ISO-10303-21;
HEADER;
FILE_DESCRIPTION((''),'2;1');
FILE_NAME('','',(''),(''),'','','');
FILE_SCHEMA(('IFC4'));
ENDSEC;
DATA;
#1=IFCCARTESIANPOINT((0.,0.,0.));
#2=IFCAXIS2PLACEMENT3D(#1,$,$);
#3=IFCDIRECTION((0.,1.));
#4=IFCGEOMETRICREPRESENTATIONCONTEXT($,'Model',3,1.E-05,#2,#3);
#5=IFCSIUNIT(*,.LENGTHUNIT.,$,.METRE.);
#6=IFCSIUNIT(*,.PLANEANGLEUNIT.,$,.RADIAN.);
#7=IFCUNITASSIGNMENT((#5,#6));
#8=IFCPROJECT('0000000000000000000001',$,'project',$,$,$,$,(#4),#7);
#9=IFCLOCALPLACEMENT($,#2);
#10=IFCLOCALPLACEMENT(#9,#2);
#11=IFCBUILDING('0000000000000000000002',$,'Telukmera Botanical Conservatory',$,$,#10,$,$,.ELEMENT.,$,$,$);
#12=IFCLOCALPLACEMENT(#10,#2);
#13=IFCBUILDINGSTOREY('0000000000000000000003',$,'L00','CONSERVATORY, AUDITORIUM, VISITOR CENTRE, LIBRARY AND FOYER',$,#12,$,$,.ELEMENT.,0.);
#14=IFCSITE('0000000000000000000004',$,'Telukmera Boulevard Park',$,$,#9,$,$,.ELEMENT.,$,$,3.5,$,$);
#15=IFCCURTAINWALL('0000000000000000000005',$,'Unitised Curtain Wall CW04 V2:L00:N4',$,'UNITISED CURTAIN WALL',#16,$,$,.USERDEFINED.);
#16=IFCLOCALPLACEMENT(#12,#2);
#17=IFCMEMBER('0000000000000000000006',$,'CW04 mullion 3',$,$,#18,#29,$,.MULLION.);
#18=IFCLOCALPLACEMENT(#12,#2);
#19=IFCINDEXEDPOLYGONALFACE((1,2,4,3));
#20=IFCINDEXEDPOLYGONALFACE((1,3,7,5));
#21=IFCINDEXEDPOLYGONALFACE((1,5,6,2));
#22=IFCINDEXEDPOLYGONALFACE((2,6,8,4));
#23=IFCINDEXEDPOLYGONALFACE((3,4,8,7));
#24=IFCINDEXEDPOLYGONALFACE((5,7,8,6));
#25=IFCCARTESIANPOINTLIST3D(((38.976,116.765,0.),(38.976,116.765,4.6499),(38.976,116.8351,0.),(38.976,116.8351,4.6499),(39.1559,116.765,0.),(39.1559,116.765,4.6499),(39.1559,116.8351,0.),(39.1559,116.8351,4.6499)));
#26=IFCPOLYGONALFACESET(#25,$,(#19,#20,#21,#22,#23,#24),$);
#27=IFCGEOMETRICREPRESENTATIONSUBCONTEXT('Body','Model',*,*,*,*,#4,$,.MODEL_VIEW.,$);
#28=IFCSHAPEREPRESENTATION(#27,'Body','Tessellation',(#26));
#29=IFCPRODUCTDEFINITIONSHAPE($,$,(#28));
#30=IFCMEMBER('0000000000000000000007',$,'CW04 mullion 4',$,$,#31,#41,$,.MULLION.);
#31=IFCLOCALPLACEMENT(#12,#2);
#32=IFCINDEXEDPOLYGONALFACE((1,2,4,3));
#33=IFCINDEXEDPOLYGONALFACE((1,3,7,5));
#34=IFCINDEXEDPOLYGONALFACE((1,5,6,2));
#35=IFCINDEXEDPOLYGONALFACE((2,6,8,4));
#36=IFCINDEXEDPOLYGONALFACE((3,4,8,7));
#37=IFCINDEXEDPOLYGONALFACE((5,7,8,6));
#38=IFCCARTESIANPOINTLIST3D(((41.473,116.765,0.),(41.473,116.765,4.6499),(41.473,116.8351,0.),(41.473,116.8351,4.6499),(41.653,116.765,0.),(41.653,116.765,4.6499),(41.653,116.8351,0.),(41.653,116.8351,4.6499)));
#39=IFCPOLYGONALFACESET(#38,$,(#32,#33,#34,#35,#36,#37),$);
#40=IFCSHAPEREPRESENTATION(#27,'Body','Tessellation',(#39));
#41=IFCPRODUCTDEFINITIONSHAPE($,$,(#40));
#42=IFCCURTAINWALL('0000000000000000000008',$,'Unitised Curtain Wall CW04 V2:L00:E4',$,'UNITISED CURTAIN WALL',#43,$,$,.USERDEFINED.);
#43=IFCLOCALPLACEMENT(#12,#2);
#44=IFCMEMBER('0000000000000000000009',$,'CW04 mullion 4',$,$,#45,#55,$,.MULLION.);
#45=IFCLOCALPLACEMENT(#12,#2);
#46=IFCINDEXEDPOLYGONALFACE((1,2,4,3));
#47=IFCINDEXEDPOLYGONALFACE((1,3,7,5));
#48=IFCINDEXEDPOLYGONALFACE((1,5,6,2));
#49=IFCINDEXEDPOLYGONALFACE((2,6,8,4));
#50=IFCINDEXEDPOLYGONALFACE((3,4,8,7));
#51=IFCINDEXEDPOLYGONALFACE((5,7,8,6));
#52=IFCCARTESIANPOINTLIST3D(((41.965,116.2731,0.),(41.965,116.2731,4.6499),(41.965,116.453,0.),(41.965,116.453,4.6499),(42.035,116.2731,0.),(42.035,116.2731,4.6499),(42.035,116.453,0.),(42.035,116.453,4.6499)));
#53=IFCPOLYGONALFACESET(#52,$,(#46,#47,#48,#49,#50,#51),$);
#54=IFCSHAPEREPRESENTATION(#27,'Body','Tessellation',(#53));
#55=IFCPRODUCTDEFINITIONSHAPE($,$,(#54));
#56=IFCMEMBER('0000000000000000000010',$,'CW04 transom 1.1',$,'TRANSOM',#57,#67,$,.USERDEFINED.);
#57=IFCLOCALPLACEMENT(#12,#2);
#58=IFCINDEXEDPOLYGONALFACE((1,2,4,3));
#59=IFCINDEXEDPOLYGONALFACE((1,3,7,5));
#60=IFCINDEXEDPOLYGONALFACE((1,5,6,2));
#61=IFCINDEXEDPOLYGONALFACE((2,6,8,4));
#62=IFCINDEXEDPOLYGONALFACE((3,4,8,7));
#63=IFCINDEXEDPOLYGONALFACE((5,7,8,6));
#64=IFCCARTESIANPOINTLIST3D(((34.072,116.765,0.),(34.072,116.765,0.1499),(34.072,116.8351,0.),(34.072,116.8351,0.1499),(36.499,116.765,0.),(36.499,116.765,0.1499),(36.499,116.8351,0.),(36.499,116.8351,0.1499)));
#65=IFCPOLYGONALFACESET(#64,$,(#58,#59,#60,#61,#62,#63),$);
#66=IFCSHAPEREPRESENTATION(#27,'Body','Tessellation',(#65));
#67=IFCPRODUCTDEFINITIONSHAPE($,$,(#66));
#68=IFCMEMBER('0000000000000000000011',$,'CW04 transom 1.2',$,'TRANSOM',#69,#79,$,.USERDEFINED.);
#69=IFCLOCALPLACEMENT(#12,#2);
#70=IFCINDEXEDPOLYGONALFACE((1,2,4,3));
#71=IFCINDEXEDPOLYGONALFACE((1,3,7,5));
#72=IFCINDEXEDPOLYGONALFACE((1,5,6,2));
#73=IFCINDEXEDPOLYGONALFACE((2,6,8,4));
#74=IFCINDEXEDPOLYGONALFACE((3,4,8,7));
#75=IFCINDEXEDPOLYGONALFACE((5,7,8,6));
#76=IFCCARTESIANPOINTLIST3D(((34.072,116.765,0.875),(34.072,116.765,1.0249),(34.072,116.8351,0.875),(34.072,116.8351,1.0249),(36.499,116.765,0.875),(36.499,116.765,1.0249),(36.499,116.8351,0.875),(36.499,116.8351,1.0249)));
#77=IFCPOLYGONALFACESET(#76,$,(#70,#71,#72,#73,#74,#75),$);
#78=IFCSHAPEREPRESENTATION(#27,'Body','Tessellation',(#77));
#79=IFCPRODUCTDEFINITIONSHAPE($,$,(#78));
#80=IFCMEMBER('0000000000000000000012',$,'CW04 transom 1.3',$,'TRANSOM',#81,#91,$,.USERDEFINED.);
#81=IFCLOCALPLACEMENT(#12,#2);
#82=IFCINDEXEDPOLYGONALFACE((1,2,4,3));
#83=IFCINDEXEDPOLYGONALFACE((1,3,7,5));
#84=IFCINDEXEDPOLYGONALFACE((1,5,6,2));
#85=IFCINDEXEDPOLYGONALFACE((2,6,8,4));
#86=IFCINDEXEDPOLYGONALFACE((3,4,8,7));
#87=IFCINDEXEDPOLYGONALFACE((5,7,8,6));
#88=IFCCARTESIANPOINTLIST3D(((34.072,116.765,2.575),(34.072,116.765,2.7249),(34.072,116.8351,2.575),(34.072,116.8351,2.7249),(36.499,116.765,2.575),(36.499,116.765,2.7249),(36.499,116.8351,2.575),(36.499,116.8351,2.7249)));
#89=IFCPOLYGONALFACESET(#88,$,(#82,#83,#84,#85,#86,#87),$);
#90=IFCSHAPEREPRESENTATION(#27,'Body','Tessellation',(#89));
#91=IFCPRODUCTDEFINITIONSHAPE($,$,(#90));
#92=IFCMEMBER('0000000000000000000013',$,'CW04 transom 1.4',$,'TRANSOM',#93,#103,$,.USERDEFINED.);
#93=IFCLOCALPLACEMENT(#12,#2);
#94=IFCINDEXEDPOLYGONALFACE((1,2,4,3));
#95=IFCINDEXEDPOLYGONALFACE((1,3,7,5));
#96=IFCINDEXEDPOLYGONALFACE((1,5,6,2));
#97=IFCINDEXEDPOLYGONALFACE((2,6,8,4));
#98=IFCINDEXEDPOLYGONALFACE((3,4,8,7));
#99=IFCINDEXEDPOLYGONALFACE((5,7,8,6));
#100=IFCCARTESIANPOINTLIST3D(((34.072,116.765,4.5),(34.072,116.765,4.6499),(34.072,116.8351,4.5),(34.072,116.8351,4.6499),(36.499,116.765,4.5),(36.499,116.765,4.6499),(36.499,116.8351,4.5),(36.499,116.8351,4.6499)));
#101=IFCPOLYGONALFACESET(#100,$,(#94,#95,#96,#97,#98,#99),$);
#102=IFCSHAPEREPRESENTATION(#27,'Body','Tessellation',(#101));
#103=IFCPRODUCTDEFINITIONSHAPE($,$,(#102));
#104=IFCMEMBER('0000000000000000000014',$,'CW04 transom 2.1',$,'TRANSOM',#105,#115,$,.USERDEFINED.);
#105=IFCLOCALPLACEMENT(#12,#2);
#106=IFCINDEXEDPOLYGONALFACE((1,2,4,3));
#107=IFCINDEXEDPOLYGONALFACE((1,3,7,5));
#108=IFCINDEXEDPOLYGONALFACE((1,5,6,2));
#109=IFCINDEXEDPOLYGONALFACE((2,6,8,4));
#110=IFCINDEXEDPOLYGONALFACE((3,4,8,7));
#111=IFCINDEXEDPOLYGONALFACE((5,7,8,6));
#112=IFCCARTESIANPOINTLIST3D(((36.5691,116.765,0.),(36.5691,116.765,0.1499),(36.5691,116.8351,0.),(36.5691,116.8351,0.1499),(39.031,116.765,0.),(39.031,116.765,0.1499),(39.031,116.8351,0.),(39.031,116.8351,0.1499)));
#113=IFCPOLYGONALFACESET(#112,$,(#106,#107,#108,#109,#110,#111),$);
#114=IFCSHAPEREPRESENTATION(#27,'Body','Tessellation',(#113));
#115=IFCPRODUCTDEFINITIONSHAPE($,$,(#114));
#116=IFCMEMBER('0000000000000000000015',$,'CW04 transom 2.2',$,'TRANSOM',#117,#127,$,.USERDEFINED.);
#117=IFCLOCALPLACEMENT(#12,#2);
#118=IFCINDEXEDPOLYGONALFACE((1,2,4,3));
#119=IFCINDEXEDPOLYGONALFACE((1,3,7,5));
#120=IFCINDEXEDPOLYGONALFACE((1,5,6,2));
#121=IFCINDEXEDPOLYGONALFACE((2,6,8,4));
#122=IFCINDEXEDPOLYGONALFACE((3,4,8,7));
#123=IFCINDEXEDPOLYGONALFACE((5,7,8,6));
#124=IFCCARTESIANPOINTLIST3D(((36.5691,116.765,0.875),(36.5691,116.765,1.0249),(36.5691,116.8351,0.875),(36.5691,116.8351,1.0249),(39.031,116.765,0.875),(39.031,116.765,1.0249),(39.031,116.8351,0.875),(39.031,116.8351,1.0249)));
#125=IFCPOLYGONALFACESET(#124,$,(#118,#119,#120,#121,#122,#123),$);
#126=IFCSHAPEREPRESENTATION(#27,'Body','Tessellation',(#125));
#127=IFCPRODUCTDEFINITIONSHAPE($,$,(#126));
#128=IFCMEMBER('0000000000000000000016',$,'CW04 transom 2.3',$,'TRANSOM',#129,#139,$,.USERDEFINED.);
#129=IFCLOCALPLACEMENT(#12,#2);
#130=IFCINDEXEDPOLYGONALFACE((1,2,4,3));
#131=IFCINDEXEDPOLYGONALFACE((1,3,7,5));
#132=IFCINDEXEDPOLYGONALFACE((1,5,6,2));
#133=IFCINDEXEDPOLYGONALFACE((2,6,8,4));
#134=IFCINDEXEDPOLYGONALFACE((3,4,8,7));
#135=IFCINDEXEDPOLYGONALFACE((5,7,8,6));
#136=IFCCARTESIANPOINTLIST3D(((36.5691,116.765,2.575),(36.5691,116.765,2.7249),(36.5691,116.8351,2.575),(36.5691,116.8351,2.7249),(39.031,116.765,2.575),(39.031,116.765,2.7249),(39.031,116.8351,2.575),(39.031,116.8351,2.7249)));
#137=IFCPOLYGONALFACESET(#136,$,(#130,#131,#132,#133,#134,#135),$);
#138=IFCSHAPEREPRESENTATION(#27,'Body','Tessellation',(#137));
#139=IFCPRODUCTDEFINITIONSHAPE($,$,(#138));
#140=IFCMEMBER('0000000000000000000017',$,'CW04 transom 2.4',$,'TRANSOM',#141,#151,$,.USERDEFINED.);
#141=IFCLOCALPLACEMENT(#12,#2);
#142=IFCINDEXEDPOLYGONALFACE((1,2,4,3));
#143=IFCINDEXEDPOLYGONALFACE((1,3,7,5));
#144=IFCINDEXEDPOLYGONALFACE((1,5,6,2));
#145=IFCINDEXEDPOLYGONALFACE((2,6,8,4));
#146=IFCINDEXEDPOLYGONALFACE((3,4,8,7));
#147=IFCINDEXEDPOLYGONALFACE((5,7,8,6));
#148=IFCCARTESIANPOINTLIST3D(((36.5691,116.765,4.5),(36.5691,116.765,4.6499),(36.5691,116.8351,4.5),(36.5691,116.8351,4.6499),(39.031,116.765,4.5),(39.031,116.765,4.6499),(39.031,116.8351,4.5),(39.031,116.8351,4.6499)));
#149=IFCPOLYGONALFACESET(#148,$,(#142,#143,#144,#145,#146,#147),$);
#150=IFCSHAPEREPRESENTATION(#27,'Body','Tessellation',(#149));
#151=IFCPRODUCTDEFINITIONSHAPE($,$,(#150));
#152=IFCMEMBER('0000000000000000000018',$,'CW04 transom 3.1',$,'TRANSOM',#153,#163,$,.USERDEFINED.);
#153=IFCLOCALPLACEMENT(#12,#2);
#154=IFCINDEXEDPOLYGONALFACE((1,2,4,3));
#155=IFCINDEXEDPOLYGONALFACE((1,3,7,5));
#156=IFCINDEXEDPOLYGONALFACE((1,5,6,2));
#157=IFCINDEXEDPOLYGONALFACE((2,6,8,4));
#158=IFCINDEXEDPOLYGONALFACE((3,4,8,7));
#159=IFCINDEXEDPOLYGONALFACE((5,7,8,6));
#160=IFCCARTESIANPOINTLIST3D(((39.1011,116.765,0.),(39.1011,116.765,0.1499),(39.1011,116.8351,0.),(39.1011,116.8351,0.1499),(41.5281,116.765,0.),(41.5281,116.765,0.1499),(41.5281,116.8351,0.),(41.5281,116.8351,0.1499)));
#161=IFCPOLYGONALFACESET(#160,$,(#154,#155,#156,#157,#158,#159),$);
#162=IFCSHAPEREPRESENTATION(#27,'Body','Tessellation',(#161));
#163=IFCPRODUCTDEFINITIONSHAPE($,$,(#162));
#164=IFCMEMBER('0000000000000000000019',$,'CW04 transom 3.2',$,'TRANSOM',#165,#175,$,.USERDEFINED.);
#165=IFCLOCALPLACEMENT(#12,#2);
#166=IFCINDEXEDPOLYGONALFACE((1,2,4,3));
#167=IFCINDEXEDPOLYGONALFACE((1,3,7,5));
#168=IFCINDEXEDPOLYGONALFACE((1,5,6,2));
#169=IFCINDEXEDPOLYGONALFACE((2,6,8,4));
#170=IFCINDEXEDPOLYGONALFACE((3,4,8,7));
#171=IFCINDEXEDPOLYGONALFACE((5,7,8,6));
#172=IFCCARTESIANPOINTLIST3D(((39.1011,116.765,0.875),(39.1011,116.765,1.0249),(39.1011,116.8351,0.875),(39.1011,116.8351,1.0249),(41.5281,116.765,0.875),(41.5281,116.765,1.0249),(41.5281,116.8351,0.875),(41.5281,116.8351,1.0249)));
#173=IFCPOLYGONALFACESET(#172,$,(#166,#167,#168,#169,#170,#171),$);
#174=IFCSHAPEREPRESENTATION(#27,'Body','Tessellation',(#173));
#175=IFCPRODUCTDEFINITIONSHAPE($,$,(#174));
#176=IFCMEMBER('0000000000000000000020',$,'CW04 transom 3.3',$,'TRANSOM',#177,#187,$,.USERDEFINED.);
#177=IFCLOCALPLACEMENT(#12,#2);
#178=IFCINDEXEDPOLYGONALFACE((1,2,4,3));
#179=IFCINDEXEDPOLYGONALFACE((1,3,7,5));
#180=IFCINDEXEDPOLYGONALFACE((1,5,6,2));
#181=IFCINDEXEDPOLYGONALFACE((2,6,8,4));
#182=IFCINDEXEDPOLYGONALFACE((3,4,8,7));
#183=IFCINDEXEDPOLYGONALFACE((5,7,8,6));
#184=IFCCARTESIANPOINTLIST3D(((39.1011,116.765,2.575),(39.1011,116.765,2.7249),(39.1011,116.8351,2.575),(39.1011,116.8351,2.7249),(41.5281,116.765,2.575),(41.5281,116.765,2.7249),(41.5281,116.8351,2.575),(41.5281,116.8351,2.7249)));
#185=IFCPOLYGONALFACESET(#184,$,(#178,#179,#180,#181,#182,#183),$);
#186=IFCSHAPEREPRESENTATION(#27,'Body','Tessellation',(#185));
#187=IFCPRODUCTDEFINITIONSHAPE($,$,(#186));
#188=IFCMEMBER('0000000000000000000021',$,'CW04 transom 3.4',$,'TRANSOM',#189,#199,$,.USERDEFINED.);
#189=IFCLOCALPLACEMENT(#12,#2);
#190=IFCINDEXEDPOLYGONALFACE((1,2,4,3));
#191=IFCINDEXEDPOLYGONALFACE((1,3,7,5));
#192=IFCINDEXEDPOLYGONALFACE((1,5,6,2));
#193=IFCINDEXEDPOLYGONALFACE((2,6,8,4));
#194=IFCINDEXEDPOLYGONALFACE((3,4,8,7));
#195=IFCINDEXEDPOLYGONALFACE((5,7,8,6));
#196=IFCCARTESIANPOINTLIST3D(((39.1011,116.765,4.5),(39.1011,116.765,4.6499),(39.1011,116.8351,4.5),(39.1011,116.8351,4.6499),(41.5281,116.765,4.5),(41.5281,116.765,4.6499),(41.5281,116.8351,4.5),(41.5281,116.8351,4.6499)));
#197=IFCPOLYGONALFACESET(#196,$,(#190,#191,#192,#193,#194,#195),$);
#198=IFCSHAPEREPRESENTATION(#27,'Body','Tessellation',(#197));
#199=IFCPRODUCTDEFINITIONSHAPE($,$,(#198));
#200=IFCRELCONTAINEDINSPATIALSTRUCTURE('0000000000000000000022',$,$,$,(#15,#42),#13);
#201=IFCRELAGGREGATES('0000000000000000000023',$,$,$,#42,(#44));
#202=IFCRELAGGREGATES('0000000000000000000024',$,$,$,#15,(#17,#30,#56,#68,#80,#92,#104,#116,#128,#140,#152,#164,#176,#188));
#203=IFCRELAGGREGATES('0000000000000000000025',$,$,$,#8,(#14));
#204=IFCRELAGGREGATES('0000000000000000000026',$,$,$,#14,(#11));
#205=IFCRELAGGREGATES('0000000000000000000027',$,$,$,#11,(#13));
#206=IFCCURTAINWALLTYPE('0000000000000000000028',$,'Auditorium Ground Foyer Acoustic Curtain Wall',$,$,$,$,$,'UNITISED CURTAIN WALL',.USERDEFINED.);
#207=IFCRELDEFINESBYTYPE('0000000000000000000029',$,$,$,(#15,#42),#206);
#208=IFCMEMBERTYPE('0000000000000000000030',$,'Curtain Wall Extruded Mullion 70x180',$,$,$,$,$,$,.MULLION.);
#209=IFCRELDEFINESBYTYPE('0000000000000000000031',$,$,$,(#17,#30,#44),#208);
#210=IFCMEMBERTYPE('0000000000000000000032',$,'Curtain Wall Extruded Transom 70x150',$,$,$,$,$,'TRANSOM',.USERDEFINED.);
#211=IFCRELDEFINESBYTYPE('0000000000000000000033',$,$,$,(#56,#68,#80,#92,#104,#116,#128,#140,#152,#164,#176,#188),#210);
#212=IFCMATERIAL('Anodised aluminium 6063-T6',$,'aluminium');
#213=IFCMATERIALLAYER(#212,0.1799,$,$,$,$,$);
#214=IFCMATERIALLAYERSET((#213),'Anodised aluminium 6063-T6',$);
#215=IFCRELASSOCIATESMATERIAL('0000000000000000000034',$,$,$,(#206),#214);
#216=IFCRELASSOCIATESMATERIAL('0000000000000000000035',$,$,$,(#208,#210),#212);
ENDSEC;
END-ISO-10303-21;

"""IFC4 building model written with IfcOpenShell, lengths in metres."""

from ifc_helpers import new_model, si_unit, direction, frame, origin, origin_2d, place, context, subcontext, project, spatial, rectangle, extrude, material, layer, layer_set, material_profile, profile_set, type_object, element, aggregate, save


model = new_model("IFC4")

# Units and contexts
model_context = context("Model", 3, precision=1e-05, world=origin(), true_north=direction((0.0, 1.0)))
body_context = subcontext(model_context, "Body", "Model", "MODEL_VIEW")
ifc_project = project(units=[si_unit("LENGTHUNIT", "METRE"), si_unit("PLANEANGLEUNIT", "RADIAN")], contexts=[model_context])

# Site, building, storey
site_placement = place(None, origin())
site = spatial("IfcSite", under=ifc_project, at=site_placement, Name="Telukmera Boulevard Park", CompositionType="ELEMENT", RefElevation=3.5)
building_placement = place(site_placement, origin())
building = spatial("IfcBuilding", under=site, at=building_placement, Name="Telukmera Botanical Conservatory", CompositionType="ELEMENT")
storey_placement = place(building_placement, origin())
storey = spatial("IfcBuildingStorey", under=building, at=storey_placement, Name="L00", Description="CONSERVATORY, AUDITORIUM, VISITOR CENTRE, LIBRARY AND FOYER", CompositionType="ELEMENT", Elevation=0.0)

# Shared definitions
ifc_material_1 = material(Name="Anodised aluminium 6063-T6", Category="aluminium")
ifc_layer_1 = layer(ifc_material_1, 0.1799)
ifc_layer_set_1 = layer_set([ifc_layer_1], Name="Anodised aluminium 6063-T6")
curtain_wall_type = type_object("IfcCurtainWallType", Name="Auditorium Ground Foyer Acoustic Curtain Wall", ElementType="UNITISED CURTAIN WALL", PredefinedType="USERDEFINED", material=ifc_layer_set_1)
ifc_material_profile_1 = material_profile(ifc_material_1, rectangle(XDim=0.0701, YDim=0.1799, at=origin_2d()), Name="ALU MULL 70x180")
ifc_profile_set_1 = profile_set([ifc_material_profile_1], Name="Anodised aluminium 6063-T6")
member_type_1 = type_object("IfcMemberType", Name="Curtain Wall Extruded Mullion 70x180", PredefinedType="MULLION", material=ifc_profile_set_1)

# Curtain wall, members
curtain_wall_1_placement = place(storey_placement, origin())
curtain_wall_1 = element("IfcCurtainWall", 1, at=curtain_wall_1_placement, inside=storey, type_object=curtain_wall_type, Name="Unitised Curtain Wall CW04 V2:L00:N4", ObjectType="UNITISED CURTAIN WALL", PredefinedType="USERDEFINED")
member_1_placement = place(storey_placement, frame((39.0659, 116.8, 0.0), z_axis=(0.0, 0.0, 1.0), x_axis=(0.0, 1.0, 0.0)))
member_1 = element("IfcMember", 2, at=member_1_placement, type_object=member_type_1, Name="CW04 mullion 3", PredefinedType="MULLION", context=body_context, shape_type="SweptSolid", body=[
    extrude(rectangle(XDim=0.0701, YDim=0.1799, at=origin_2d()), origin(), (0.0, 0.0, 1.0), 4.6499),
])
member_2_placement = place(storey_placement, frame((41.563, 116.8, 0.0), z_axis=(0.0, 0.0, 1.0), x_axis=(0.0, 1.0, 0.0)))
member_2 = element("IfcMember", 3, at=member_2_placement, type_object=member_type_1, Name="CW04 mullion 4", PredefinedType="MULLION", context=body_context, shape_type="SweptSolid", body=[
    extrude(rectangle(XDim=0.0701, YDim=0.1799, at=origin_2d()), origin(), (0.0, 0.0, 1.0), 4.6499),
])

# Curtain wall, member
curtain_wall_2_placement = place(storey_placement, origin())
curtain_wall_2 = element("IfcCurtainWall", 4, at=curtain_wall_2_placement, inside=storey, type_object=curtain_wall_type, Name="Unitised Curtain Wall CW04 V2:L00:E4", ObjectType="UNITISED CURTAIN WALL", PredefinedType="USERDEFINED")
member_3_placement = place(storey_placement, frame((42.0, 116.363, 0.0), z_axis=(0.0, 0.0, 1.0), x_axis=(-1.0, 0.0, 0.0)))
member_3 = element("IfcMember", 5, at=member_3_placement, type_object=member_type_1, Name="CW04 mullion 4", PredefinedType="MULLION", context=body_context, shape_type="SweptSolid", body=[
    extrude(rectangle(XDim=0.0701, YDim=0.1799, at=origin_2d()), origin(), (0.0, 0.0, 1.0), 4.6499),
])
aggregate(curtain_wall_2, [member_3])

# Members
ifc_material_profile_2 = material_profile(ifc_material_1, rectangle(XDim=0.0701, YDim=0.1499, at=origin_2d()), Name="ALU TRAN 70x150")
ifc_profile_set_2 = profile_set([ifc_material_profile_2], Name="Anodised aluminium 6063-T6")
member_type_2 = type_object("IfcMemberType", Name="Curtain Wall Extruded Transom 70x150", ElementType="TRANSOM", PredefinedType="USERDEFINED", material=ifc_profile_set_2)
member_4_placement = place(storey_placement, frame((34.072, 116.8, 0.075), z_axis=(1.0, 0.0, 0.0), x_axis=(0.0, 1.0, 0.0)))
member_4 = element("IfcMember", 6, at=member_4_placement, type_object=member_type_2, Name="CW04 transom 1.1", ObjectType="TRANSOM", PredefinedType="USERDEFINED", context=body_context, shape_type="SweptSolid", body=[
    extrude(rectangle(XDim=0.0701, YDim=0.1499, at=origin_2d()), origin(), (0.0, 0.0, 1.0), 2.427),
])
member_5_placement = place(storey_placement, frame((34.072, 116.8, 0.95), z_axis=(1.0, 0.0, 0.0), x_axis=(0.0, 1.0, 0.0)))
member_5 = element("IfcMember", 7, at=member_5_placement, type_object=member_type_2, Name="CW04 transom 1.2", ObjectType="TRANSOM", PredefinedType="USERDEFINED", context=body_context, shape_type="SweptSolid", body=[
    extrude(rectangle(XDim=0.0701, YDim=0.1499, at=origin_2d()), origin(), (0.0, 0.0, 1.0), 2.427),
])
member_6_placement = place(storey_placement, frame((34.072, 116.8, 2.6499), z_axis=(1.0, 0.0, 0.0), x_axis=(0.0, 1.0, 0.0)))
member_6 = element("IfcMember", 8, at=member_6_placement, type_object=member_type_2, Name="CW04 transom 1.3", ObjectType="TRANSOM", PredefinedType="USERDEFINED", context=body_context, shape_type="SweptSolid", body=[
    extrude(rectangle(XDim=0.0701, YDim=0.1499, at=origin_2d()), origin(), (0.0, 0.0, 1.0), 2.427),
])
member_7_placement = place(storey_placement, frame((34.072, 116.8, 4.575), z_axis=(1.0, 0.0, 0.0), x_axis=(0.0, 1.0, 0.0)))
member_7 = element("IfcMember", 9, at=member_7_placement, type_object=member_type_2, Name="CW04 transom 1.4", ObjectType="TRANSOM", PredefinedType="USERDEFINED", context=body_context, shape_type="SweptSolid", body=[
    extrude(rectangle(XDim=0.0701, YDim=0.1499, at=origin_2d()), origin(), (0.0, 0.0, 1.0), 2.427),
])
member_8_placement = place(storey_placement, frame((36.5691, 116.8, 0.075), z_axis=(1.0, 0.0, 0.0), x_axis=(0.0, 1.0, 0.0)))
member_8 = element("IfcMember", 10, at=member_8_placement, type_object=member_type_2, Name="CW04 transom 2.1", ObjectType="TRANSOM", PredefinedType="USERDEFINED", context=body_context, shape_type="SweptSolid", body=[
    extrude(rectangle(XDim=0.0701, YDim=0.1499, at=origin_2d()), origin(), (0.0, 0.0, 1.0), 2.4619),
])
member_9_placement = place(storey_placement, frame((36.5691, 116.8, 0.95), z_axis=(1.0, 0.0, 0.0), x_axis=(0.0, 1.0, 0.0)))
member_9 = element("IfcMember", 11, at=member_9_placement, type_object=member_type_2, Name="CW04 transom 2.2", ObjectType="TRANSOM", PredefinedType="USERDEFINED", context=body_context, shape_type="SweptSolid", body=[
    extrude(rectangle(XDim=0.0701, YDim=0.1499, at=origin_2d()), origin(), (0.0, 0.0, 1.0), 2.4619),
])
member_10_placement = place(storey_placement, frame((36.5691, 116.8, 2.6499), z_axis=(1.0, 0.0, 0.0), x_axis=(0.0, 1.0, 0.0)))
member_10 = element("IfcMember", 12, at=member_10_placement, type_object=member_type_2, Name="CW04 transom 2.3", ObjectType="TRANSOM", PredefinedType="USERDEFINED", context=body_context, shape_type="SweptSolid", body=[
    extrude(rectangle(XDim=0.0701, YDim=0.1499, at=origin_2d()), origin(), (0.0, 0.0, 1.0), 2.4619),
])
member_11_placement = place(storey_placement, frame((36.5691, 116.8, 4.575), z_axis=(1.0, 0.0, 0.0), x_axis=(0.0, 1.0, 0.0)))
member_11 = element("IfcMember", 13, at=member_11_placement, type_object=member_type_2, Name="CW04 transom 2.4", ObjectType="TRANSOM", PredefinedType="USERDEFINED", context=body_context, shape_type="SweptSolid", body=[
    extrude(rectangle(XDim=0.0701, YDim=0.1499, at=origin_2d()), origin(), (0.0, 0.0, 1.0), 2.4619),
])
member_12_placement = place(storey_placement, frame((39.1011, 116.8, 0.075), z_axis=(1.0, 0.0, 0.0), x_axis=(0.0, 1.0, 0.0)))
member_12 = element("IfcMember", 14, at=member_12_placement, type_object=member_type_2, Name="CW04 transom 3.1", ObjectType="TRANSOM", PredefinedType="USERDEFINED", context=body_context, shape_type="SweptSolid", body=[
    extrude(rectangle(XDim=0.0701, YDim=0.1499, at=origin_2d()), origin(), (0.0, 0.0, 1.0), 2.427),
])
member_13_placement = place(storey_placement, frame((39.1011, 116.8, 0.95), z_axis=(1.0, 0.0, 0.0), x_axis=(0.0, 1.0, 0.0)))
member_13 = element("IfcMember", 15, at=member_13_placement, type_object=member_type_2, Name="CW04 transom 3.2", ObjectType="TRANSOM", PredefinedType="USERDEFINED", context=body_context, shape_type="SweptSolid", body=[
    extrude(rectangle(XDim=0.0701, YDim=0.1499, at=origin_2d()), origin(), (0.0, 0.0, 1.0), 2.427),
])
member_14_placement = place(storey_placement, frame((39.1011, 116.8, 2.6499), z_axis=(1.0, 0.0, 0.0), x_axis=(0.0, 1.0, 0.0)))
member_14 = element("IfcMember", 16, at=member_14_placement, type_object=member_type_2, Name="CW04 transom 3.3", ObjectType="TRANSOM", PredefinedType="USERDEFINED", context=body_context, shape_type="SweptSolid", body=[
    extrude(rectangle(XDim=0.0701, YDim=0.1499, at=origin_2d()), origin(), (0.0, 0.0, 1.0), 2.427),
])
member_15_placement = place(storey_placement, frame((39.1011, 116.8, 4.575), z_axis=(1.0, 0.0, 0.0), x_axis=(0.0, 1.0, 0.0)))
member_15 = element("IfcMember", 17, at=member_15_placement, type_object=member_type_2, Name="CW04 transom 3.4", ObjectType="TRANSOM", PredefinedType="USERDEFINED", context=body_context, shape_type="SweptSolid", body=[
    extrude(rectangle(XDim=0.0701, YDim=0.1499, at=origin_2d()), origin(), (0.0, 0.0, 1.0), 2.427),
])

aggregate(curtain_wall_1, [member_1, member_2, member_4, member_5, member_6, member_7, member_8, member_9, member_10, member_11, member_12, member_13, member_14, member_15])

save(model, "model.ifc")
